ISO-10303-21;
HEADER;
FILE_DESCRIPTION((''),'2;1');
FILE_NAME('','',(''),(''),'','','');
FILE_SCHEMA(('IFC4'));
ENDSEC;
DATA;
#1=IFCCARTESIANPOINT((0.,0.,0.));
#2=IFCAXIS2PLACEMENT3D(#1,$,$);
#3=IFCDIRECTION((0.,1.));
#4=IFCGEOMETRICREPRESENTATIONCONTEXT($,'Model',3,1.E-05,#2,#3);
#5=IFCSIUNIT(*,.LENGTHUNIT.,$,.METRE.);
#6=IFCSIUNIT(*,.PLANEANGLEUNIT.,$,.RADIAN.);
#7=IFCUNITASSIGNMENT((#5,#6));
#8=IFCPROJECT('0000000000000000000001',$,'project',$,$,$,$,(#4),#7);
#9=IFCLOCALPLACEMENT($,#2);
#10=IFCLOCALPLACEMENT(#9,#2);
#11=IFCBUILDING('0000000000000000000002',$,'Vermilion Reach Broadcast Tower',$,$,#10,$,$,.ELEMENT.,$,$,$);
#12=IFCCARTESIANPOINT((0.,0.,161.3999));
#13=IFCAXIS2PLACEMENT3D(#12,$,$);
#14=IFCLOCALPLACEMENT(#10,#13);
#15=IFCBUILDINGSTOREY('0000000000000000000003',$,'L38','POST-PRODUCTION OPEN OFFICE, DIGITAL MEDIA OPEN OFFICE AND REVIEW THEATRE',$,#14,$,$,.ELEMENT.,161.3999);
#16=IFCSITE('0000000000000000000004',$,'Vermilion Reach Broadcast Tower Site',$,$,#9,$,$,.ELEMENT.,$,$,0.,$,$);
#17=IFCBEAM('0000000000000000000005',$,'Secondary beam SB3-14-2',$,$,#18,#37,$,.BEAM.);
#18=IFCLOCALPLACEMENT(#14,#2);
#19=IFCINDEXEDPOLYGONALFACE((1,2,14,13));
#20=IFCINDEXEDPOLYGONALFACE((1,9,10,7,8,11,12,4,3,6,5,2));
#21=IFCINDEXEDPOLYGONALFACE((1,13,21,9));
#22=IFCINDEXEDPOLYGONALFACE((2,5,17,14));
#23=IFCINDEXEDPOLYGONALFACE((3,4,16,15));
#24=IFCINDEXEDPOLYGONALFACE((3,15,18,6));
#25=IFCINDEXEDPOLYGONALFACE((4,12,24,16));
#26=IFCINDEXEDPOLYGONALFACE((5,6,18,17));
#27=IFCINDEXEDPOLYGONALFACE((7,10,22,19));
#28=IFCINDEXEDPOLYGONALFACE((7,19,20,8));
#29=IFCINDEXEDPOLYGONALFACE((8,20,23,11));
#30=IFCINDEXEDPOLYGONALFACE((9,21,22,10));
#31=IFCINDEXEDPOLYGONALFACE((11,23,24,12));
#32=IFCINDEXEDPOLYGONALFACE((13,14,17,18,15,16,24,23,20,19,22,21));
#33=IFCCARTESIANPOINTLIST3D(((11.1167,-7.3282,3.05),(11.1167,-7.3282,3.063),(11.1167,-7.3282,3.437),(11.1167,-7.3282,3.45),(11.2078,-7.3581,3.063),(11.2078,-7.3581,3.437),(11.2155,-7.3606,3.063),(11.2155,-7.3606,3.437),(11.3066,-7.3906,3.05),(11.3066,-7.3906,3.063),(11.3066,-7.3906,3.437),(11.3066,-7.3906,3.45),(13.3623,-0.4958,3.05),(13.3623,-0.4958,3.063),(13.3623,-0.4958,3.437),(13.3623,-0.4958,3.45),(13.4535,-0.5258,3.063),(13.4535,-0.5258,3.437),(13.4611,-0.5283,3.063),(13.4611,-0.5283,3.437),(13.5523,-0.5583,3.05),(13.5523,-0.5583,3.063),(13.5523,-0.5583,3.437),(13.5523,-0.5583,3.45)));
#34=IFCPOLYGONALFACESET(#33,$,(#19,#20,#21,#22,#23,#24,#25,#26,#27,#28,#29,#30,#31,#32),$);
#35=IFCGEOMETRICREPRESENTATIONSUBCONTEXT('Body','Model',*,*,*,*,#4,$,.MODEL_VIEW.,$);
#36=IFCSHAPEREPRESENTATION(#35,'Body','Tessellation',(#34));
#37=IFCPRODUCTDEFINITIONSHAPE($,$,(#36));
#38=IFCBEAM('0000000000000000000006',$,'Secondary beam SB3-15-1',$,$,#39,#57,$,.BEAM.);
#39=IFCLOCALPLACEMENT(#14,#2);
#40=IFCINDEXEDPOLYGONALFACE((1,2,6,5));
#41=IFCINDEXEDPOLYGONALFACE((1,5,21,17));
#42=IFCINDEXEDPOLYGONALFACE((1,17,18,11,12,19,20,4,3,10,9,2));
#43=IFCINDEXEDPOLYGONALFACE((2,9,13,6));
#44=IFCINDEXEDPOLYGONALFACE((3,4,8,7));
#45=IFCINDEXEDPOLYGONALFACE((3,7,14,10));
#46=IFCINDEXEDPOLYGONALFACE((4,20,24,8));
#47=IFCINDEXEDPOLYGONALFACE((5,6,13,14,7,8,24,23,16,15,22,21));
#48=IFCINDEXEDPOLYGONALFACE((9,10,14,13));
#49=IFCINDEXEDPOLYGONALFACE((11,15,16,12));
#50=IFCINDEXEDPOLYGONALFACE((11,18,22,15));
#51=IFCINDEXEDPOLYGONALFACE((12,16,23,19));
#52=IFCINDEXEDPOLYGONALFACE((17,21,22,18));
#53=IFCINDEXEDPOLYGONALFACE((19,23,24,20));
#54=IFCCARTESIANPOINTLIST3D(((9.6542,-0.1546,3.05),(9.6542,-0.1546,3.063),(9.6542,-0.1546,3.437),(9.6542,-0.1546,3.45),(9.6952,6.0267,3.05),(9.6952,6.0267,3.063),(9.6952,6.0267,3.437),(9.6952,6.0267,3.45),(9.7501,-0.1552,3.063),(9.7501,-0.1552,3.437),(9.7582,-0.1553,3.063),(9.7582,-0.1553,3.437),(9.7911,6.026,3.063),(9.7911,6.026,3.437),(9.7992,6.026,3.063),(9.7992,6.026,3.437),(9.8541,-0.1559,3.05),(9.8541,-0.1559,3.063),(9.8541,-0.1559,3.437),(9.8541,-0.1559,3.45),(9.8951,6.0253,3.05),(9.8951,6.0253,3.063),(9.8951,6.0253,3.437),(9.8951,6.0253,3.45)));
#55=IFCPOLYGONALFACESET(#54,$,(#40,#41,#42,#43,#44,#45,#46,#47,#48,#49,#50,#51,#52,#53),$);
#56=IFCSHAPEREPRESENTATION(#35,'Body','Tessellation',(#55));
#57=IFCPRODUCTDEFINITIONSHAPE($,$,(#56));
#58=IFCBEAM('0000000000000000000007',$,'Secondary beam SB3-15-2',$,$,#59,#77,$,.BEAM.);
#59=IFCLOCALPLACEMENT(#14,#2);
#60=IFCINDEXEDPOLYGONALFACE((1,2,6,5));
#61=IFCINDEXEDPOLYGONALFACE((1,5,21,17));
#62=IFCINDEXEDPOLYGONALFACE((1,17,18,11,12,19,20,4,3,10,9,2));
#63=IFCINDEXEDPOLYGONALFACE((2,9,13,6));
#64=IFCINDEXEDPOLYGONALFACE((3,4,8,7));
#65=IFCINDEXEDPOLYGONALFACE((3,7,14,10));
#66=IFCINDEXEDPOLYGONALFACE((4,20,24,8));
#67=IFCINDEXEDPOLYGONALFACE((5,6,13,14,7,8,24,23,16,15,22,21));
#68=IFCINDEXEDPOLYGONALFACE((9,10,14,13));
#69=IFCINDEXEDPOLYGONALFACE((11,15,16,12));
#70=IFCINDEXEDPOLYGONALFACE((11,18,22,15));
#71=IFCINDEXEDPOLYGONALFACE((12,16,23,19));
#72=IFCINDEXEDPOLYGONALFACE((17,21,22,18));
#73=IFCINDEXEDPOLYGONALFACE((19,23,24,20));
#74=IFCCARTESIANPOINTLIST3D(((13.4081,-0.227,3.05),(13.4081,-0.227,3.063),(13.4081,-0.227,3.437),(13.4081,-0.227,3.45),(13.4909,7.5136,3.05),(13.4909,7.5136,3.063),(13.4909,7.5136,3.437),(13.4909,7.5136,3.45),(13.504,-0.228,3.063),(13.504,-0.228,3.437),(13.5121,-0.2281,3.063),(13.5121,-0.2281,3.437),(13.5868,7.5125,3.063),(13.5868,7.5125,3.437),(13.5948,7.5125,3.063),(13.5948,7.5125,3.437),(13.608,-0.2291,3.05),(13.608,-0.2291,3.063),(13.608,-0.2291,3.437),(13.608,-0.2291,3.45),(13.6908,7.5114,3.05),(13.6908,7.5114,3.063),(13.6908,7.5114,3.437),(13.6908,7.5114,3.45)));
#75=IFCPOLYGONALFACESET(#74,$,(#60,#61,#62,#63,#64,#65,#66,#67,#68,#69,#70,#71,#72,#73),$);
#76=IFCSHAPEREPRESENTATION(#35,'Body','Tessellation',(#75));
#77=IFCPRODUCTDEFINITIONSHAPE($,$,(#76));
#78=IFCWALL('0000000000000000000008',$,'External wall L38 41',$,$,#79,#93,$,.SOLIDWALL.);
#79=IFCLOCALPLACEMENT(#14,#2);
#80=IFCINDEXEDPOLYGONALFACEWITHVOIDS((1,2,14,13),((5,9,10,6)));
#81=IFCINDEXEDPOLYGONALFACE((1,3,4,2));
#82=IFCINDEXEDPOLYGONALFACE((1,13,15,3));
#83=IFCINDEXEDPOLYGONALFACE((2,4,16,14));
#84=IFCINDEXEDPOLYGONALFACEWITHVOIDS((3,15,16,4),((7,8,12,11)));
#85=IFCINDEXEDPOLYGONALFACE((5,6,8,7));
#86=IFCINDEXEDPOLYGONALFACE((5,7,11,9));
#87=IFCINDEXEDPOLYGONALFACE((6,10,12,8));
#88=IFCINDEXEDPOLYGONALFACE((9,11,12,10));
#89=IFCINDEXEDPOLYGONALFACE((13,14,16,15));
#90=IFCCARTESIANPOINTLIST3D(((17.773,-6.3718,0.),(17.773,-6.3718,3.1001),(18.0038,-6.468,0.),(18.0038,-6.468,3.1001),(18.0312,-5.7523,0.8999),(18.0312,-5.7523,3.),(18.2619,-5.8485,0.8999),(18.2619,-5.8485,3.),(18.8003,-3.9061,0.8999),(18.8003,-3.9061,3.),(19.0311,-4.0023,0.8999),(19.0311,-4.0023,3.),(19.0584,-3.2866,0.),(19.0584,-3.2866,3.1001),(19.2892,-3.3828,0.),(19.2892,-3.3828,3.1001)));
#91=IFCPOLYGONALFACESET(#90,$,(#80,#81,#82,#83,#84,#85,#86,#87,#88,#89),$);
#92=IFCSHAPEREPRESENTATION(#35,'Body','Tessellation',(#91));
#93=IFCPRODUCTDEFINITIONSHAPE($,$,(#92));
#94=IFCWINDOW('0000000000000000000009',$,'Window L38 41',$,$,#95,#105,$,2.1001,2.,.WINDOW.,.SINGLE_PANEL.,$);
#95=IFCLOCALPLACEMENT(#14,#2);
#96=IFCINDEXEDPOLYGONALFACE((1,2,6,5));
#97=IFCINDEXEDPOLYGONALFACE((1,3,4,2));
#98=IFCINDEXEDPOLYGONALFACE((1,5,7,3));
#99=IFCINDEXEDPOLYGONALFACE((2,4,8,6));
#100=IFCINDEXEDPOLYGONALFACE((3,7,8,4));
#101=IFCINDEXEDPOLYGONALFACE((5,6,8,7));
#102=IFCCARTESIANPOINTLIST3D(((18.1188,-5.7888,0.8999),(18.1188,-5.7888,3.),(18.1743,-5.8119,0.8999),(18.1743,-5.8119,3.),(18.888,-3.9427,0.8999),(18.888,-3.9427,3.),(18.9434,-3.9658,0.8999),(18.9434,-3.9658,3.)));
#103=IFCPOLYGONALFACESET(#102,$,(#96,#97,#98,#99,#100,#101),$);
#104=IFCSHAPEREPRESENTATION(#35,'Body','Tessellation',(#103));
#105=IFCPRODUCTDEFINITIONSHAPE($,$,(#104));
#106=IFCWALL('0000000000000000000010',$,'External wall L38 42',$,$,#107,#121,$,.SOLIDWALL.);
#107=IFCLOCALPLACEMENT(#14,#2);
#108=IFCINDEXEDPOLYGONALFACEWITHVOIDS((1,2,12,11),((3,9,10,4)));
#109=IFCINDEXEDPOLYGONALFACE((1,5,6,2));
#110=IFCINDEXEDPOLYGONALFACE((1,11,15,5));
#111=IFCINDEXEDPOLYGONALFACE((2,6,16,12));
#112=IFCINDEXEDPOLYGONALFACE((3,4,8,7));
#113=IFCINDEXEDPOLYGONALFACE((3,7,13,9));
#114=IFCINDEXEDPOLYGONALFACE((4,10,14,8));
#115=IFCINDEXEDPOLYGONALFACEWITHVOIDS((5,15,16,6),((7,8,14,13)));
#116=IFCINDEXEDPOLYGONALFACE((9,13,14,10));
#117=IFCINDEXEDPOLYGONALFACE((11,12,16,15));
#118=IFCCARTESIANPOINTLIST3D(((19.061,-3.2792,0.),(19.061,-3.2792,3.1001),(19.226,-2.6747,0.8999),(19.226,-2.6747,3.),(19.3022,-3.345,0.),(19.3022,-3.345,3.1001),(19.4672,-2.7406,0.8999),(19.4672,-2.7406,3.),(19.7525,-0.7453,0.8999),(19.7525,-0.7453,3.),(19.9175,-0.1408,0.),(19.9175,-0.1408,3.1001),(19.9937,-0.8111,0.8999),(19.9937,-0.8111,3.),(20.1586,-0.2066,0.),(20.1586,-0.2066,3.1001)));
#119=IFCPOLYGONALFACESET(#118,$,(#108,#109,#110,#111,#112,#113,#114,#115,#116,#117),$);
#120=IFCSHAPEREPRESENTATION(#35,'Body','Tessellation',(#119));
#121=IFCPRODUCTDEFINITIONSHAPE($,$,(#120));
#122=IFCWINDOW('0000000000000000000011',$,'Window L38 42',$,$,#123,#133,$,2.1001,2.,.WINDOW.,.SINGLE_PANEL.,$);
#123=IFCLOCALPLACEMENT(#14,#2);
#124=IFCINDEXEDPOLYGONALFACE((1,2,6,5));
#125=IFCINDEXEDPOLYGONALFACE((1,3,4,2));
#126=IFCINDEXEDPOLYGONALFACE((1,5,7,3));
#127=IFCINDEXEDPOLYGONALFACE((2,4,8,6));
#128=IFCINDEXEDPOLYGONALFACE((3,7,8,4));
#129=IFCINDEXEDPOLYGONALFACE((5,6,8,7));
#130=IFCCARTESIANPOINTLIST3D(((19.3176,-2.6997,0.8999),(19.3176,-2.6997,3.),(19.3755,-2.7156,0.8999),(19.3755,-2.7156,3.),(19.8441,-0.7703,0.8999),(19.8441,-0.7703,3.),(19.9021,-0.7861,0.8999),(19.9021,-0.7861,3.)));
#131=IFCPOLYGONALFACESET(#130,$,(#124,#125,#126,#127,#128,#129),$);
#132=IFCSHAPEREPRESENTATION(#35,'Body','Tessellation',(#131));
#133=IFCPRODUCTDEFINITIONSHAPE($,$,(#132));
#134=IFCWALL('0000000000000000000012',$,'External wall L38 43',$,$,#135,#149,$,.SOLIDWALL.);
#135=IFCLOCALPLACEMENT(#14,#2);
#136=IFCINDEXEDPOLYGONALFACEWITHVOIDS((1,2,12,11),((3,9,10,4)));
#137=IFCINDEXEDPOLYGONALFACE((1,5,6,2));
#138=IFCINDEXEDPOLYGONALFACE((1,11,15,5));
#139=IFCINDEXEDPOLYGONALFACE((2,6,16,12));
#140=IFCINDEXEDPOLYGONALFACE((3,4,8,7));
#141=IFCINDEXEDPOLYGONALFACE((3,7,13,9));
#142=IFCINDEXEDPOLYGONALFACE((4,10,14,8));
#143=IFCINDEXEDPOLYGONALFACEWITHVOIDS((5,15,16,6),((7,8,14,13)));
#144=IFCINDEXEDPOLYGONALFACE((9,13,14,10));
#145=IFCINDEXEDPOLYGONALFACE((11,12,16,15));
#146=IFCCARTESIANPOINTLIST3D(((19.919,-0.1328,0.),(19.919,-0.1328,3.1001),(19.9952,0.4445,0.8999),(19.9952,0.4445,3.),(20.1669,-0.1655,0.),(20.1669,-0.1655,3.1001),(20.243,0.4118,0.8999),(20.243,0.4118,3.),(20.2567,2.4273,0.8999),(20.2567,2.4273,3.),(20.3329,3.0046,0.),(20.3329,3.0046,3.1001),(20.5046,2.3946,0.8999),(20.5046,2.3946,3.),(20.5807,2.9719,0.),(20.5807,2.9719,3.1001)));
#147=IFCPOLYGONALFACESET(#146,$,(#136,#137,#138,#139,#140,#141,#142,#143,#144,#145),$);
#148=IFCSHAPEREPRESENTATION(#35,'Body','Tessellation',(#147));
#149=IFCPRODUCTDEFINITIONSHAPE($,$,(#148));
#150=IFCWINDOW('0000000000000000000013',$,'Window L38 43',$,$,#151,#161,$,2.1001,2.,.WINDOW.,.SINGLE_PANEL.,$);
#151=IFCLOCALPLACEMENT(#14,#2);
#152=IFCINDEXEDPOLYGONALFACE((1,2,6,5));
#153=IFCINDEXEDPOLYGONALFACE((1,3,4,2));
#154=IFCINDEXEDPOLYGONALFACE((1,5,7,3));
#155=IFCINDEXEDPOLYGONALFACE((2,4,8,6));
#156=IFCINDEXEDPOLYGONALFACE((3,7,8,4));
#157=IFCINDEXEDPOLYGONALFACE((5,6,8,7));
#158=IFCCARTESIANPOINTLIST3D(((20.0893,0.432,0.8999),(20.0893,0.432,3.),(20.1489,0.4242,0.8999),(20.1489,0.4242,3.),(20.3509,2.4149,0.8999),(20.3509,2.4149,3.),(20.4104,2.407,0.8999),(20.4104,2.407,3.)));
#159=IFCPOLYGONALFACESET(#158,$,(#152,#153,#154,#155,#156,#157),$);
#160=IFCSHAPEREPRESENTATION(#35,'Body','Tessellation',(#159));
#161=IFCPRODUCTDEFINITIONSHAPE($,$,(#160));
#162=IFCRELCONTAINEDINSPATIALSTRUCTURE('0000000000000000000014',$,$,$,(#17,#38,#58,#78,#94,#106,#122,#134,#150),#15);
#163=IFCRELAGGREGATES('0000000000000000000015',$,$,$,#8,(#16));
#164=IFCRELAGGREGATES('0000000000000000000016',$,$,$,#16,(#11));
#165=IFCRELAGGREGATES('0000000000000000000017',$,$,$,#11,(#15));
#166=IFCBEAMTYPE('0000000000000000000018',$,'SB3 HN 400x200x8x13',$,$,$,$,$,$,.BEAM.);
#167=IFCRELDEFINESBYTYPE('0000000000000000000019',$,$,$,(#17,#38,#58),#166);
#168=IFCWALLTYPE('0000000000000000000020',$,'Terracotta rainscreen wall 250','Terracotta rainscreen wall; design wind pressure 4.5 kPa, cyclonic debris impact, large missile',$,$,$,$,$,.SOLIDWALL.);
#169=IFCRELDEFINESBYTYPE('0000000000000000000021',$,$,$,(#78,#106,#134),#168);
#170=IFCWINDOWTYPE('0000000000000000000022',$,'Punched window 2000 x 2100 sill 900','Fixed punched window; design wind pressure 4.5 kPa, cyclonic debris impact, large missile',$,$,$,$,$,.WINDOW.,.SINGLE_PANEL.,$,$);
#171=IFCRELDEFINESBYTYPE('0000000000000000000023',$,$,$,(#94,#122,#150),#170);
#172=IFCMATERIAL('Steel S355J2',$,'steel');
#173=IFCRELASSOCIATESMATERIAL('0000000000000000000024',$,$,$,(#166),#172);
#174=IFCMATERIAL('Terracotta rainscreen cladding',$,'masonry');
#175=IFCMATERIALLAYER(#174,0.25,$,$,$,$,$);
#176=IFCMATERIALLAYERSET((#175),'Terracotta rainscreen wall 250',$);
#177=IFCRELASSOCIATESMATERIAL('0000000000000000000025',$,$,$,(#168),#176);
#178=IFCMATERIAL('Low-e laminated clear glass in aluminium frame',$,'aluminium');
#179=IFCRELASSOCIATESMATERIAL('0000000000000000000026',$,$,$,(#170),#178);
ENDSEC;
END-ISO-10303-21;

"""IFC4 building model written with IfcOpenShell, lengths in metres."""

from ifc_helpers import new_model, si_unit, direction, frame, frame_2d, origin, origin_2d, place, context, subcontext, project, spatial, rectangle, i_section, extrude, material, layer, layer_set, material_profile, profile_set, type_object, element, fill, save


model = new_model("IFC4")

# Units and contexts
model_context = context("Model", 3, precision=1e-05, world=origin(), true_north=direction((0.0, 1.0)))
body_context = subcontext(model_context, "Body", "Model", "MODEL_VIEW")
ifc_project = project(units=[si_unit("LENGTHUNIT", "METRE"), si_unit("PLANEANGLEUNIT", "RADIAN")], contexts=[model_context])

# Site, building, storey
site_placement = place(None, origin())
site = spatial("IfcSite", under=ifc_project, at=site_placement, Name="Vermilion Reach Broadcast Tower Site", CompositionType="ELEMENT", RefElevation=0.0)
building_placement = place(site_placement, origin())
building = spatial("IfcBuilding", under=site, at=building_placement, Name="Vermilion Reach Broadcast Tower", CompositionType="ELEMENT")
storey_placement = place(building_placement, frame((0.0, 0.0, 161.3999)))
storey = spatial("IfcBuildingStorey", under=building, at=storey_placement, Name="L38", Description="POST-PRODUCTION OPEN OFFICE, DIGITAL MEDIA OPEN OFFICE AND REVIEW THEATRE", CompositionType="ELEMENT", Elevation=161.3999)

# Beams
ifc_material_1 = material(Name="Steel S355J2", Category="steel")
ifc_material_profile_1 = material_profile(ifc_material_1, i_section(OverallWidth=0.2, OverallDepth=0.3999, WebThickness=0.0081, FlangeThickness=0.0129, at=origin_2d()), Name="S355J2 HN 400x200x8x13")
ifc_profile_set_1 = profile_set([ifc_material_profile_1], Name="Steel S355J2")
beam_type_1 = type_object("IfcBeamType", Name="SB3 HN 400x200x8x13", PredefinedType="BEAM", material=ifc_profile_set_1)
beam_1_placement = place(storey_placement, frame((11.2117, -7.3594, 3.25), z_axis=(0.312243, 0.950002, 0.0), x_axis=(-0.950002, 0.312243, 0.0)))
element("IfcBeam", 1, at=beam_1_placement, inside=storey, type_object=beam_type_1, Name="Secondary beam SB3-14-2", PredefinedType="BEAM", context=body_context, shape_type="SweptSolid", body=[
    extrude(i_section(OverallWidth=0.2, OverallDepth=0.3999, WebThickness=0.0081, FlangeThickness=0.0129, at=origin_2d()), origin(), (0.0, 0.0, 1.0), 7.1919),
])
beam_2_placement = place(storey_placement, frame((9.7542, -0.1553, 3.25), z_axis=(0.006635, 0.999978, 0.0), x_axis=(-0.999978, 0.006635, 0.0)))
element("IfcBeam", 2, at=beam_2_placement, inside=storey, type_object=beam_type_1, Name="Secondary beam SB3-15-1", PredefinedType="BEAM", context=body_context, shape_type="SweptSolid", body=[
    extrude(i_section(OverallWidth=0.2, OverallDepth=0.3999, WebThickness=0.0081, FlangeThickness=0.0129, at=origin_2d()), origin(), (0.0, 0.0, 1.0), 6.1814),
])
beam_3_placement = place(storey_placement, frame((13.5081, -0.228, 3.25), z_axis=(0.010692, 0.999943, 0.0), x_axis=(-0.999943, 0.010692, 0.0)))
element("IfcBeam", 3, at=beam_3_placement, inside=storey, type_object=beam_type_1, Name="Secondary beam SB3-15-2", PredefinedType="BEAM", context=body_context, shape_type="SweptSolid", body=[
    extrude(i_section(OverallWidth=0.2, OverallDepth=0.3999, WebThickness=0.0081, FlangeThickness=0.0129, at=origin_2d()), origin(), (0.0, 0.0, 1.0), 7.741),
])

# Shared definitions
ifc_material_2 = material(Name="Terracotta rainscreen cladding", Category="masonry")
ifc_layer_1 = layer(ifc_material_2, 0.25)
ifc_layer_set_1 = layer_set([ifc_layer_1], Name="Terracotta rainscreen wall 250")
wall_type_1 = type_object("IfcWallType", Name="Terracotta rainscreen wall 250", Description="Terracotta rainscreen wall; design wind pressure 4.5 kPa, cyclonic debris impact, large missile", PredefinedType="SOLIDWALL", material=ifc_layer_set_1)

# Walls, openings, windows
wall_1_placement = place(storey_placement, frame((17.8884, -6.4199, 0.0), z_axis=(0.0, 0.0, 1.0), x_axis=(0.384589, 0.923088, 0.0)))
wall_1 = element("IfcWall", 4, at=wall_1_placement, inside=storey, type_object=wall_type_1, Name="External wall L38 41", PredefinedType="SOLIDWALL", context=body_context, shape_type="SweptSolid", body=[
    extrude(rectangle(XDim=3.3423, YDim=0.25, at=frame_2d((1.6711, 0.0))), origin(), (0.0, 0.0, 1.0), 3.1001),
])
opening_1_placement = place(wall_1_placement, frame((0.6711, 0.0, 0.8999)))
opening_1 = element("IfcOpeningElement", 5, at=opening_1_placement, cuts=wall_1, PredefinedType="OPENING", context=body_context, shape_type="SweptSolid", body=[
    extrude(rectangle(XDim=2.0, YDim=2.1001, at=frame_2d((1.0, 1.05))), frame((0.0, 0.135, 0.0), z_axis=(0.0, -1.0, 0.0), x_axis=(1.0, 0.0, 0.0)), (0.0, 0.0, 1.0), 0.27),
])
ifc_material_3 = material(Name="Low-e laminated clear glass in aluminium frame", Category="aluminium")
window_type = type_object("IfcWindowType", Name="Punched window 2000 x 2100 sill 900", Description="Fixed punched window; design wind pressure 4.5 kPa, cyclonic debris impact, large missile", PartitioningType="SINGLE_PANEL", PredefinedType="WINDOW", material=ifc_material_3)
window_1_placement = place(opening_1_placement, origin())
window_1 = element("IfcWindow", 6, at=window_1_placement, inside=storey, type_object=window_type, Name="Window L38 41", OverallHeight=2.1001, OverallWidth=2.0, PartitioningType="SINGLE_PANEL", PredefinedType="WINDOW", context=body_context, shape_type="SweptSolid", body=[
    extrude(rectangle(XDim=2.0, YDim=2.1001, at=frame_2d((1.0, 1.05))), frame((0.0, 0.03, 0.0), z_axis=(0.0, -1.0, 0.0), x_axis=(1.0, 0.0, 0.0)), (0.0, 0.0, 1.0), 0.0601),
])
fill(opening_1, window_1)
wall_2_placement = place(storey_placement, frame((19.1816, -3.312, 0.0), z_axis=(0.0, 0.0, 1.0), x_axis=(0.263263, 0.964724, 0.0)))
wall_2 = element("IfcWall", 7, at=wall_2_placement, inside=storey, type_object=wall_type_1, Name="External wall L38 42", PredefinedType="SOLIDWALL", context=body_context, shape_type="SweptSolid", body=[
    extrude(rectangle(XDim=3.2532, YDim=0.25, at=frame_2d((1.6265, 0.0))), origin(), (0.0, 0.0, 1.0), 3.1001),
])
opening_2_placement = place(wall_2_placement, frame((0.6265, 0.0, 0.8999)))
opening_2 = element("IfcOpeningElement", 8, at=opening_2_placement, cuts=wall_2, PredefinedType="OPENING", context=body_context, shape_type="SweptSolid", body=[
    extrude(rectangle(XDim=2.0, YDim=2.1001, at=frame_2d((1.0, 1.05))), frame((0.0, 0.135, 0.0), z_axis=(0.0, -1.0, 0.0), x_axis=(1.0, 0.0, 0.0)), (0.0, 0.0, 1.0), 0.27),
])
window_2_placement = place(opening_2_placement, origin())
window_2 = element("IfcWindow", 9, at=window_2_placement, inside=storey, type_object=window_type, Name="Window L38 42", OverallHeight=2.1001, OverallWidth=2.0, PartitioningType="SINGLE_PANEL", PredefinedType="WINDOW", context=body_context, shape_type="SweptSolid", body=[
    extrude(rectangle(XDim=2.0, YDim=2.1001, at=frame_2d((1.0, 1.05))), frame((0.0, 0.03, 0.0), z_axis=(0.0, -1.0, 0.0), x_axis=(1.0, 0.0, 0.0)), (0.0, 0.0, 1.0), 0.0601),
])
fill(opening_2, window_2)
wall_3_placement = place(storey_placement, frame((20.043, -0.1492, 0.0), z_axis=(0.0, 0.0, 1.0), x_axis=(0.130764, 0.991414, 0.0)))
wall_3 = element("IfcWall", 10, at=wall_3_placement, inside=storey, type_object=wall_type_1, Name="External wall L38 43", PredefinedType="SOLIDWALL", context=body_context, shape_type="SweptSolid", body=[
    extrude(rectangle(XDim=3.1646, YDim=0.25, at=frame_2d((1.5823, 0.0))), origin(), (0.0, 0.0, 1.0), 3.1001),
])
opening_3_placement = place(wall_3_placement, frame((0.5823, 0.0, 0.8999)))
opening_3 = element("IfcOpeningElement", 11, at=opening_3_placement, cuts=wall_3, PredefinedType="OPENING", context=body_context, shape_type="SweptSolid", body=[
    extrude(rectangle(XDim=2.0, YDim=2.1001, at=frame_2d((1.0, 1.05))), frame((0.0, 0.135, 0.0), z_axis=(0.0, -1.0, 0.0), x_axis=(1.0, 0.0, 0.0)), (0.0, 0.0, 1.0), 0.27),
])
window_3_placement = place(opening_3_placement, origin())
window_3 = element("IfcWindow", 12, at=window_3_placement, inside=storey, type_object=window_type, Name="Window L38 43", OverallHeight=2.1001, OverallWidth=2.0, PartitioningType="SINGLE_PANEL", PredefinedType="WINDOW", context=body_context, shape_type="SweptSolid", body=[
    extrude(rectangle(XDim=2.0, YDim=2.1001, at=frame_2d((1.0, 1.05))), frame((0.0, 0.03, 0.0), z_axis=(0.0, -1.0, 0.0), x_axis=(1.0, 0.0, 0.0)), (0.0, 0.0, 1.0), 0.0601),
])
fill(opening_3, window_3)

save(model, "model.ifc")
